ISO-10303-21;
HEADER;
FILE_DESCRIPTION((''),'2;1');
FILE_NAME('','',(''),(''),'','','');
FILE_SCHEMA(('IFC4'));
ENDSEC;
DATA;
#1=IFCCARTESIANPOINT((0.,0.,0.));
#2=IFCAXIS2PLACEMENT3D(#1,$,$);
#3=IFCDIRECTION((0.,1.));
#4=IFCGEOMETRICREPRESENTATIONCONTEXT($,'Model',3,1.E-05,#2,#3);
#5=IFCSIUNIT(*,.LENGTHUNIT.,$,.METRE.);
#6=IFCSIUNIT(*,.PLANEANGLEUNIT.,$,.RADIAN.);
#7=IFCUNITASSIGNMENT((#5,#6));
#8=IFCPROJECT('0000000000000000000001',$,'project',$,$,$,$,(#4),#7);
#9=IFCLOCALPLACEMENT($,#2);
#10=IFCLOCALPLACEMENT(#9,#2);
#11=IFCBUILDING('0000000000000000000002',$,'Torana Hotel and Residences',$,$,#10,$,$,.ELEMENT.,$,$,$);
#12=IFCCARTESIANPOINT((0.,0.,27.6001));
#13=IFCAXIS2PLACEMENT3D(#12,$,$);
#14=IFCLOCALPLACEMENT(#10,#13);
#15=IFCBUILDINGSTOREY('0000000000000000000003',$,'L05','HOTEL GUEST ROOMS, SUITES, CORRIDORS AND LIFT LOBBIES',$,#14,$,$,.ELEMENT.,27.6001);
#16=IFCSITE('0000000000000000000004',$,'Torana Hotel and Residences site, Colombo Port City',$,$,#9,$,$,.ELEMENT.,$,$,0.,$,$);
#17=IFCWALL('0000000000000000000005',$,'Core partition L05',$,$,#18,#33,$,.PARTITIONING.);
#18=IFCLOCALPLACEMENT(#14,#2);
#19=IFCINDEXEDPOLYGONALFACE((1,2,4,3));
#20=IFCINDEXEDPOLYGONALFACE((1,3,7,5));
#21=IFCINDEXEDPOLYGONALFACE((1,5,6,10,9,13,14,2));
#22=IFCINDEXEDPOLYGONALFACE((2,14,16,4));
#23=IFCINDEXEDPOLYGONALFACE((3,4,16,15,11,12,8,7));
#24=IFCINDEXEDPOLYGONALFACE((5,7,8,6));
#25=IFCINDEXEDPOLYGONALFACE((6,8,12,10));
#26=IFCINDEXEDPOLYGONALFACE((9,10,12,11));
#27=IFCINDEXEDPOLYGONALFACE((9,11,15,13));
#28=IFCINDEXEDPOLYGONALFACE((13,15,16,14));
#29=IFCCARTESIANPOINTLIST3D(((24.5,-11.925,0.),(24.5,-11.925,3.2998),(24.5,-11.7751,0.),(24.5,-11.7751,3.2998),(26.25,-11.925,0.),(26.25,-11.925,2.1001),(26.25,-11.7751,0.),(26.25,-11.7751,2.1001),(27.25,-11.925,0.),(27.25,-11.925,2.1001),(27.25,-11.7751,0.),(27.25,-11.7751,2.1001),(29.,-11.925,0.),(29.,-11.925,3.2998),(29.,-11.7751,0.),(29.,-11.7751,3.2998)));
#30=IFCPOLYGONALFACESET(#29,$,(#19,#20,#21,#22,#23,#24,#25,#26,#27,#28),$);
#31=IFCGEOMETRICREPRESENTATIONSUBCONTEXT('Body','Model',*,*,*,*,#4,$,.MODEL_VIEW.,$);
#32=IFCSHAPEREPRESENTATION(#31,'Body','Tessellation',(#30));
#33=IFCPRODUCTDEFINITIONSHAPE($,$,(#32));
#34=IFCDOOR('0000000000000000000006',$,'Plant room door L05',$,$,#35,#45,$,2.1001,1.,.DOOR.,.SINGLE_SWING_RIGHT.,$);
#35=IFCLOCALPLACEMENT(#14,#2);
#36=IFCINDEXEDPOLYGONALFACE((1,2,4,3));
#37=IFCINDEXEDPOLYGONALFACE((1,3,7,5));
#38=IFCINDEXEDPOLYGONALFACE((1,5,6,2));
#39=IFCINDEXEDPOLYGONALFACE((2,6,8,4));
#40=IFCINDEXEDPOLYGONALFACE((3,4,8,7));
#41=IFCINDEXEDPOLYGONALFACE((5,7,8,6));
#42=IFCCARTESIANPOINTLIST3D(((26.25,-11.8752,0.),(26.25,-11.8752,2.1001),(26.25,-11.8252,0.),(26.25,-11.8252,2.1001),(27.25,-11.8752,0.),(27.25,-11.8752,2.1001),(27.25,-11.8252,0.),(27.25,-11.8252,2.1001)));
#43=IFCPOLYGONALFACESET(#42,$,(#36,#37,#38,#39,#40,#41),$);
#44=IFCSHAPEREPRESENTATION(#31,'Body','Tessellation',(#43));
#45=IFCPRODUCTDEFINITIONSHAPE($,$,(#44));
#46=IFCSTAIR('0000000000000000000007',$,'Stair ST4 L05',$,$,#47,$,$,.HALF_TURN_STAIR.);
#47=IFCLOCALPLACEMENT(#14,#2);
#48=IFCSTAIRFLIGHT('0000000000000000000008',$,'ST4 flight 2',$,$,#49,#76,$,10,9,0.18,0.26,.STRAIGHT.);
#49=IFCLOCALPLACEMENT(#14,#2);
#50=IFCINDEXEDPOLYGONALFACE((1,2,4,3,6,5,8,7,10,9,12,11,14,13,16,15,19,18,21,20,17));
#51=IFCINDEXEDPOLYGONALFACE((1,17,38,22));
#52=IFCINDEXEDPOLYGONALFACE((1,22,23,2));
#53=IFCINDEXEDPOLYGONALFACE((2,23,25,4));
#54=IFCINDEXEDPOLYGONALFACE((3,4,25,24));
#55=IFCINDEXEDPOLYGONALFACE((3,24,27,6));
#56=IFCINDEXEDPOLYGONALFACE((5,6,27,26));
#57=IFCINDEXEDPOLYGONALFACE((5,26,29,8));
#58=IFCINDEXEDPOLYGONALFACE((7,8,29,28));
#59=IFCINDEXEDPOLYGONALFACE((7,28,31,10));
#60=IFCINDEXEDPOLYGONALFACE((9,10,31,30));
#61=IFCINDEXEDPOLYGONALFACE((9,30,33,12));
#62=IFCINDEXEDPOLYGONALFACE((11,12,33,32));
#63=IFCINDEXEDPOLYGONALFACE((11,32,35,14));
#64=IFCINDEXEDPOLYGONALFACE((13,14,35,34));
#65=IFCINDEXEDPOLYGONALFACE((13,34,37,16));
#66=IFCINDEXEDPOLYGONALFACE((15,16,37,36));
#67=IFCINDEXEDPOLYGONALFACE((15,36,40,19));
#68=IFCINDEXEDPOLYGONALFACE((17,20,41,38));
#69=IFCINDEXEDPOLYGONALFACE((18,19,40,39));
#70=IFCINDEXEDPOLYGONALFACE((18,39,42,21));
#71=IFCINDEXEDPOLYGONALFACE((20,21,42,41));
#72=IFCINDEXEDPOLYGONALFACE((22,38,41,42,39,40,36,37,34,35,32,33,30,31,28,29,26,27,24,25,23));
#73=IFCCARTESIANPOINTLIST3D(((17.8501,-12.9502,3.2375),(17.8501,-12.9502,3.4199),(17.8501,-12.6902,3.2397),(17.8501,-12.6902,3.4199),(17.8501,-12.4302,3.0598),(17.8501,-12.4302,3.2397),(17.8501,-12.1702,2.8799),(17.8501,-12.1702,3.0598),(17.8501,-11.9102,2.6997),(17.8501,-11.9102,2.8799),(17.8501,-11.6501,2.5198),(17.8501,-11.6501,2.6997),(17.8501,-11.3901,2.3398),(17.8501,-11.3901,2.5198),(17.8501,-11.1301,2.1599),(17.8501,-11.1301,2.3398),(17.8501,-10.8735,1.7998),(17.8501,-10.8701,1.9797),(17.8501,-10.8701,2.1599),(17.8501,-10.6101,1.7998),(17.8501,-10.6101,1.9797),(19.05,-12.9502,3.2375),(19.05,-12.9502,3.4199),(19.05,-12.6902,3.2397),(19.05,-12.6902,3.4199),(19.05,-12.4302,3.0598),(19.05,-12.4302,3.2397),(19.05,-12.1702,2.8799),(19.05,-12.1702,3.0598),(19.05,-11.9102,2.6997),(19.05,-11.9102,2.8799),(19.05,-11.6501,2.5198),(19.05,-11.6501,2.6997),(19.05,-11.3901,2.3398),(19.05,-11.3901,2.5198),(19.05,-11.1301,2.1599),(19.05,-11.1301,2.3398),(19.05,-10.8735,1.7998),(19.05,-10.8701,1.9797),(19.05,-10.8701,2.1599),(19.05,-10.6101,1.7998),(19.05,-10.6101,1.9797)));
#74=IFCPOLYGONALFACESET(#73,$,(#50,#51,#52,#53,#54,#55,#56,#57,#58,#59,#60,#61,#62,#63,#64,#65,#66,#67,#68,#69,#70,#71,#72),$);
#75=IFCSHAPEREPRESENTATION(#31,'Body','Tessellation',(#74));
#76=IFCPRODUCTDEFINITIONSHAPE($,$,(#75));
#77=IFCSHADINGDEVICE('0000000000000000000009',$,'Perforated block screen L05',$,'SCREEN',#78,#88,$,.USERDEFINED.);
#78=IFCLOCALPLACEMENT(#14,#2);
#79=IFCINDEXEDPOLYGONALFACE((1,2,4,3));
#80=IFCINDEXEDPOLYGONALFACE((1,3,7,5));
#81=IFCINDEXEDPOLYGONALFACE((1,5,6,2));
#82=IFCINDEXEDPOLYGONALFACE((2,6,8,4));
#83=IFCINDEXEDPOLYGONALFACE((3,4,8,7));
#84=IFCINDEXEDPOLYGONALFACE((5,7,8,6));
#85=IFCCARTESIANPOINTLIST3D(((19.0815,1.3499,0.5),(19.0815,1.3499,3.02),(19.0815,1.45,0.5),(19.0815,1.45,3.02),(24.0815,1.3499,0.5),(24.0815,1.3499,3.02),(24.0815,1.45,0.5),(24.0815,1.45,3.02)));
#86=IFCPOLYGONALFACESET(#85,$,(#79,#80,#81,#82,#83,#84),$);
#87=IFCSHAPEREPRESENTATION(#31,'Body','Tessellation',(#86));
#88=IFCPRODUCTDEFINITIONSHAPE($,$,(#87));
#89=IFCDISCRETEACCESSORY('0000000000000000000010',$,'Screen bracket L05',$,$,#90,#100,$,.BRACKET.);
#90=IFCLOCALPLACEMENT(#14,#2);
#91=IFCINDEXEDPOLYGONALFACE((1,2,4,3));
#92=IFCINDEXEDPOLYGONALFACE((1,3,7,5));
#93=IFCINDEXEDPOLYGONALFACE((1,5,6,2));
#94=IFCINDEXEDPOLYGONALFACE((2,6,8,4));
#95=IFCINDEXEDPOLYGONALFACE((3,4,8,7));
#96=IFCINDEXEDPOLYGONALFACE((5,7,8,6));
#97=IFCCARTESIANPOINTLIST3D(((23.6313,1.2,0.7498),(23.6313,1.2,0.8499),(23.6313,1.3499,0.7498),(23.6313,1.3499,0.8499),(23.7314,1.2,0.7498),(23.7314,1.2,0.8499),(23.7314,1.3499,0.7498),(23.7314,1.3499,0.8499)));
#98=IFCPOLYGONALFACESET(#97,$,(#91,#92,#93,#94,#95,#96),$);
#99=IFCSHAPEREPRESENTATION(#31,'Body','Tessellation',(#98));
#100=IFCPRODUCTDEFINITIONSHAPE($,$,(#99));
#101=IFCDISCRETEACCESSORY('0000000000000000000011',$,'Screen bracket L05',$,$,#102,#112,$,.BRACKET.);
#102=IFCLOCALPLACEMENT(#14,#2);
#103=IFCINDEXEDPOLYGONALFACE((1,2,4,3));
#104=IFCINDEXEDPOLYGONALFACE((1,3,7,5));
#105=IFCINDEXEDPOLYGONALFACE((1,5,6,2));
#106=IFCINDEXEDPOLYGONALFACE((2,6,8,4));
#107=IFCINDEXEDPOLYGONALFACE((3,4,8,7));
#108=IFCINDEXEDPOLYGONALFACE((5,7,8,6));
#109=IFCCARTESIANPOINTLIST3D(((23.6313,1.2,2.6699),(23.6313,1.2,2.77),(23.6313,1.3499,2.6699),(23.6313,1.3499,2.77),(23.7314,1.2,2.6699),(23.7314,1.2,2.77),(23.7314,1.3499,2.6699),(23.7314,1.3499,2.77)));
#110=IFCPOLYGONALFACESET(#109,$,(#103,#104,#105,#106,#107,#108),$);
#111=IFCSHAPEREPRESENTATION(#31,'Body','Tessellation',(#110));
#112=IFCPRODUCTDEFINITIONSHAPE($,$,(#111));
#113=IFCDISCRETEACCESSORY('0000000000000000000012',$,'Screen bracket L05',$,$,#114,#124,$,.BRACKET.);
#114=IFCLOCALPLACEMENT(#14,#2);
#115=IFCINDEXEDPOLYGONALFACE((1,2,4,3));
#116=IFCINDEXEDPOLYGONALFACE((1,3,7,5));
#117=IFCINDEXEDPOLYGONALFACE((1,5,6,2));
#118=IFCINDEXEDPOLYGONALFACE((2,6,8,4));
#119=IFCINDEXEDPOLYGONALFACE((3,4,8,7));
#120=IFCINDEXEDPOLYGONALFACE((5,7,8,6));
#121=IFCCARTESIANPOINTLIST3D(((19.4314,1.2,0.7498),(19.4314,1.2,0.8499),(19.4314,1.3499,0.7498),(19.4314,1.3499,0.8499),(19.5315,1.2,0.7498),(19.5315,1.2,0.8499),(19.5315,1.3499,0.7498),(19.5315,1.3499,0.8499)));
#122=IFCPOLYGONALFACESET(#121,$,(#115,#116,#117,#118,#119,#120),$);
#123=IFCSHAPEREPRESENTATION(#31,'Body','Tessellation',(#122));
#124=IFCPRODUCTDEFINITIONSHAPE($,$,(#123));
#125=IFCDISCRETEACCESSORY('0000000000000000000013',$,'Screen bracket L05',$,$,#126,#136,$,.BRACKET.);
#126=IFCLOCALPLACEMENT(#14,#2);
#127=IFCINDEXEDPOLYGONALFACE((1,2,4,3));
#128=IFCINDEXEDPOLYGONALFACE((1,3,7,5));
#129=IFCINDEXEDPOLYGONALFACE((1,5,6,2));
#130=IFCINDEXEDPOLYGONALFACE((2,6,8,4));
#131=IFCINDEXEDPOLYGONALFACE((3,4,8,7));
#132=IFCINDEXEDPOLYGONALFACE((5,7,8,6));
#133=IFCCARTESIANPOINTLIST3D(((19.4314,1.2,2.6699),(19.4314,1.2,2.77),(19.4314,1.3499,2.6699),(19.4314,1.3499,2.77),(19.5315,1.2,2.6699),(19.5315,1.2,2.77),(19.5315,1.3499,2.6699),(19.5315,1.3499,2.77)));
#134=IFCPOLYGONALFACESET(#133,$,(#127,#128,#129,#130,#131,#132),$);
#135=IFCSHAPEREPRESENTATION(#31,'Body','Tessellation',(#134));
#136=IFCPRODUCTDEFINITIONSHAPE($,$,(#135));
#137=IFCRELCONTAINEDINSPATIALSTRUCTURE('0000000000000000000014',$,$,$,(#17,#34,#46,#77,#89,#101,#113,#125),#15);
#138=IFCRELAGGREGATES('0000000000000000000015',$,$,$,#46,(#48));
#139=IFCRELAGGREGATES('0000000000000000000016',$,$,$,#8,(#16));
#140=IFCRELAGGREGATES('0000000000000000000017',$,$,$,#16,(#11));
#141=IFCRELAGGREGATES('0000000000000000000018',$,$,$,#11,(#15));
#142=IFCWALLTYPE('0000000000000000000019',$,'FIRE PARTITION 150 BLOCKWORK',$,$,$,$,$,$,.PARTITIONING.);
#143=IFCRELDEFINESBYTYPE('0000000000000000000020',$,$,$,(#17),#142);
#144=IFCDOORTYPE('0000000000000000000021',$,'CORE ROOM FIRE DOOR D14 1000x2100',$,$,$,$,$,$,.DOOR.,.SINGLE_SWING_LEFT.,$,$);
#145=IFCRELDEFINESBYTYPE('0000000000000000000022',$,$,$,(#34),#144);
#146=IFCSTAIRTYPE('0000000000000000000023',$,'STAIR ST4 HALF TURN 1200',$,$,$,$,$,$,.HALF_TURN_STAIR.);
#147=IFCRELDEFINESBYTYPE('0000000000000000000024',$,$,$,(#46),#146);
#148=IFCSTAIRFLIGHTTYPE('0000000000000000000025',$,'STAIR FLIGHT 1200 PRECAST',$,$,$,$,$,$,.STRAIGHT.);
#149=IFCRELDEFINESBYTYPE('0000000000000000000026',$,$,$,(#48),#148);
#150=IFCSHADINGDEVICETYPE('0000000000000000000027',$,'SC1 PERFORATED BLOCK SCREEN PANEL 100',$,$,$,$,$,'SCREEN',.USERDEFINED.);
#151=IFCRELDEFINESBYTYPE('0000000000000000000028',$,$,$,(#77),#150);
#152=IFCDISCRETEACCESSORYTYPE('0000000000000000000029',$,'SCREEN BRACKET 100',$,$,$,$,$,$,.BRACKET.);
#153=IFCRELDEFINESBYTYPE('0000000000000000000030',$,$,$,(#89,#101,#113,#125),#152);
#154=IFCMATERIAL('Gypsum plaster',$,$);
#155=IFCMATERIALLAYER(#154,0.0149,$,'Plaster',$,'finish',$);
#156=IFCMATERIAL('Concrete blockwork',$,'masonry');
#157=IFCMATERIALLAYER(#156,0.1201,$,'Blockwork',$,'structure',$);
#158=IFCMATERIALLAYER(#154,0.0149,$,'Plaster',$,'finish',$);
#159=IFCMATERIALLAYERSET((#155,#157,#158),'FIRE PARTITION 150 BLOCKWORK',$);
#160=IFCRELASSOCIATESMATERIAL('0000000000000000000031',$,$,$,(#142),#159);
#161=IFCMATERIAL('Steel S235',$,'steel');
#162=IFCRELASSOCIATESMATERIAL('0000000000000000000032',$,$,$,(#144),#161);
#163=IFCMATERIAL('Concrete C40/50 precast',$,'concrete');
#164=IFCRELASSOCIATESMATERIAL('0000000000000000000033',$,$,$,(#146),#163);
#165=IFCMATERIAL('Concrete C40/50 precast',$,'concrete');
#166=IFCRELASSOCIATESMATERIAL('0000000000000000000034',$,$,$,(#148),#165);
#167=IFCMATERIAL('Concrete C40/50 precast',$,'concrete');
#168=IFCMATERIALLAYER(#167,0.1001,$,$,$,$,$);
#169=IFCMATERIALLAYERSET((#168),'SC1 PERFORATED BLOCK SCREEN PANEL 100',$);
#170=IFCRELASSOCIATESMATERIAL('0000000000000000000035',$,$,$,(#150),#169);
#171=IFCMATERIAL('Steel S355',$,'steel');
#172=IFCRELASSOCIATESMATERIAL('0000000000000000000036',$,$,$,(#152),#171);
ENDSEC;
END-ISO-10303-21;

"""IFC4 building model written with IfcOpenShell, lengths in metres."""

from ifc_helpers import new_model, si_unit, direction, frame, frame_2d, origin, origin_2d, place, context, subcontext, project, spatial, polyline, rectangle, outline, extrude, material, layer, layer_set, type_object, element, fill, aggregate, save


model = new_model("IFC4")

# Units and contexts
model_context = context("Model", 3, precision=1e-05, world=origin(), true_north=direction((0.0, 1.0)))
body_context = subcontext(model_context, "Body", "Model", "MODEL_VIEW")
ifc_project = project(units=[si_unit("LENGTHUNIT", "METRE"), si_unit("PLANEANGLEUNIT", "RADIAN")], contexts=[model_context])

# Site, building, storey
site_placement = place(None, origin())
site = spatial("IfcSite", under=ifc_project, at=site_placement, Name="Torana Hotel and Residences site, Colombo Port City", CompositionType="ELEMENT", RefElevation=0.0)
building_placement = place(site_placement, origin())
building = spatial("IfcBuilding", under=site, at=building_placement, Name="Torana Hotel and Residences", CompositionType="ELEMENT")
storey_placement = place(building_placement, frame((0.0, 0.0, 27.6001)))
storey = spatial("IfcBuildingStorey", under=building, at=storey_placement, Name="L05", Description="HOTEL GUEST ROOMS, SUITES, CORRIDORS AND LIFT LOBBIES", CompositionType="ELEMENT", Elevation=27.6001)

# Shared definitions
ifc_material_1 = material(Name="Gypsum plaster")
ifc_layer_1 = layer(ifc_material_1, 0.0149, Name="Plaster", Category="finish")
ifc_material_2 = material(Name="Concrete blockwork", Category="masonry")
ifc_layer_2 = layer(ifc_material_2, 0.1201, Name="Blockwork", Category="structure")
ifc_layer_3 = layer(ifc_material_1, 0.0149, Name="Plaster", Category="finish")
ifc_layer_set_1 = layer_set([ifc_layer_1, ifc_layer_2, ifc_layer_3], Name="FIRE PARTITION 150 BLOCKWORK")
wall_type_1 = type_object("IfcWallType", Name="FIRE PARTITION 150 BLOCKWORK", PredefinedType="PARTITIONING", material=ifc_layer_set_1)

# Wall, opening, door
ifc_material_3 = material(Name="Steel S235", Category="steel")
door_type = type_object("IfcDoorType", Name="CORE ROOM FIRE DOOR D14 1000x2100", OperationType="SINGLE_SWING_LEFT", PredefinedType="DOOR", material=ifc_material_3)
wall_1_placement = place(storey_placement, frame((24.5, -11.8501, 0.0), z_axis=(0.0, 0.0, 1.0), x_axis=(1.0, 0.0, 0.0)))
wall_1 = element("IfcWall", 1, at=wall_1_placement, inside=storey, type_object=wall_type_1, Name="Core partition L05", PredefinedType="PARTITIONING", context=body_context, shape_type="SweptSolid", body=[
    extrude(rectangle(XDim=4.5, YDim=0.1499, at=frame_2d((2.25, 0.0))), origin(), (0.0, 0.0, 1.0), 3.2998),
])
opening_1_placement = place(wall_1_placement, frame((1.75, 0.0, 0.0)))
opening_1 = element("IfcOpeningElement", 2, at=opening_1_placement, cuts=wall_1, PredefinedType="OPENING", context=body_context, shape_type="SweptSolid", body=[
    extrude(rectangle(XDim=1.0, YDim=2.1001, at=frame_2d((0.5, 1.05))), frame((0.0, 0.085, 0.0), z_axis=(0.0, -1.0, 0.0), x_axis=(1.0, 0.0, 0.0)), (0.0, 0.0, 1.0), 0.1699),
])
door_1_placement = place(opening_1_placement, origin())
door_1 = element("IfcDoor", 3, at=door_1_placement, inside=storey, type_object=door_type, Name="Plant room door L05", OperationType="SINGLE_SWING_RIGHT", OverallHeight=2.1001, OverallWidth=1.0, PredefinedType="DOOR", context=body_context, shape_type="SweptSolid", body=[
    extrude(rectangle(XDim=1.0, YDim=2.1001, at=frame_2d((0.5, 1.05))), frame((0.0, 0.0249, 0.0), z_axis=(0.0, -1.0, 0.0), x_axis=(1.0, 0.0, 0.0)), (0.0, 0.0, 1.0), 0.05),
])
fill(opening_1, door_1)

# Stair, stair flight
ifc_material_4 = material(Name="Concrete C40/50 precast", Category="concrete")
stair_type = type_object("IfcStairType", Name="STAIR ST4 HALF TURN 1200", PredefinedType="HALF_TURN_STAIR", material=ifc_material_4)
stair_placement = place(storey_placement, origin())
stair = element("IfcStair", 4, at=stair_placement, inside=storey, type_object=stair_type, Name="Stair ST4 L05", PredefinedType="HALF_TURN_STAIR")
ifc_material_5 = material(Name="Concrete C40/50 precast", Category="concrete")
stair_flight_type = type_object("IfcStairFlightType", Name="STAIR FLIGHT 1200 PRECAST", PredefinedType="STRAIGHT", material=ifc_material_5)
stair_flight_placement = place(storey_placement, frame((18.45, -10.6101, 1.7998), z_axis=(0.0, 0.0, 1.0), x_axis=(0.0, -1.0, 0.0)))
stair_flight = element("IfcStairFlight", 5, at=stair_flight_placement, type_object=stair_flight_type, Name="ST4 flight 2", NumberOfRisers=10, NumberOfTreads=9, PredefinedType="STRAIGHT", RiserHeight=0.18, TreadLength=0.26, context=body_context, shape_type="SweptSolid", body=[
    extrude(outline(polyline([(0.0, 0.0), (0.0, 0.1799), (0.26, 0.1799), (0.26, 0.3601), (0.52, 0.3601), (0.52, 0.54), (0.78, 0.54), (0.78, 0.72), (1.04, 0.72), (1.04, 0.8999), (1.3, 0.8999), (1.3, 1.0801), (1.5601, 1.0801), (1.5601, 1.26), (1.8201, 1.26), (1.8201, 1.4399), (2.0801, 1.4399), (2.0801, 1.6201), (2.3401, 1.6201), (2.3401, 1.8), (2.3401, 1.4377), (0.2634, 0.0), (0.0, 0.0)])), frame((0.0, 0.6001, 0.0), z_axis=(0.0, -1.0, 0.0), x_axis=(1.0, 0.0, 0.0)), (0.0, 0.0, 1.0), 1.2),
])
aggregate(stair, [stair_flight])

# Shading device
ifc_material_6 = material(Name="Concrete C40/50 precast", Category="concrete")
ifc_layer_4 = layer(ifc_material_6, 0.1001)
ifc_layer_set_2 = layer_set([ifc_layer_4], Name="SC1 PERFORATED BLOCK SCREEN PANEL 100")
shading_device_type = type_object("IfcShadingDeviceType", Name="SC1 PERFORATED BLOCK SCREEN PANEL 100", ElementType="SCREEN", PredefinedType="USERDEFINED", material=ifc_layer_set_2)
shading_device_placement = place(storey_placement, frame((21.5815, 1.3999, 0.5), z_axis=(0.0, 0.0, 1.0), x_axis=(-1.0, 0.0, 0.0)))
element("IfcShadingDevice", 6, at=shading_device_placement, inside=storey, type_object=shading_device_type, Name="Perforated block screen L05", ObjectType="SCREEN", PredefinedType="USERDEFINED", context=body_context, shape_type="SweptSolid", body=[
    extrude(rectangle(XDim=5.0, YDim=0.1001, at=origin_2d()), origin(), (0.0, 0.0, 1.0), 2.52),
])

# Discrete accessories
ifc_material_7 = material(Name="Steel S355", Category="steel")
discrete_accessory_type = type_object("IfcDiscreteAccessoryType", Name="SCREEN BRACKET 100", PredefinedType="BRACKET", material=ifc_material_7)
for number, where, z_axis, x_axis, name in (
    (7, (23.6814, 1.2749, 0.7498), (0.0, 0.0, 1.0), (-1.0, 0.0, 0.0), "Screen bracket L05"),
    (8, (23.6814, 1.2749, 2.6699), (0.0, 0.0, 1.0), (-1.0, 0.0, 0.0), "Screen bracket L05"),
    (9, (19.4814, 1.2749, 0.7498), (0.0, 0.0, 1.0), (-1.0, 0.0, 0.0), "Screen bracket L05"),
    (10, (19.4814, 1.2749, 2.6699), (0.0, 0.0, 1.0), (-1.0, 0.0, 0.0), "Screen bracket L05"),
):
    element("IfcDiscreteAccessory", number, at=place(storey_placement, frame(where, z_axis=z_axis, x_axis=x_axis)), inside=storey, type_object=discrete_accessory_type, Name=name, PredefinedType="BRACKET", context=body_context, shape_type="SweptSolid", body=[
        extrude(rectangle(XDim=0.1001, YDim=0.1499, at=origin_2d()), origin(), (0.0, 0.0, 1.0), 0.1001),
    ])

save(model, "model.ifc")
